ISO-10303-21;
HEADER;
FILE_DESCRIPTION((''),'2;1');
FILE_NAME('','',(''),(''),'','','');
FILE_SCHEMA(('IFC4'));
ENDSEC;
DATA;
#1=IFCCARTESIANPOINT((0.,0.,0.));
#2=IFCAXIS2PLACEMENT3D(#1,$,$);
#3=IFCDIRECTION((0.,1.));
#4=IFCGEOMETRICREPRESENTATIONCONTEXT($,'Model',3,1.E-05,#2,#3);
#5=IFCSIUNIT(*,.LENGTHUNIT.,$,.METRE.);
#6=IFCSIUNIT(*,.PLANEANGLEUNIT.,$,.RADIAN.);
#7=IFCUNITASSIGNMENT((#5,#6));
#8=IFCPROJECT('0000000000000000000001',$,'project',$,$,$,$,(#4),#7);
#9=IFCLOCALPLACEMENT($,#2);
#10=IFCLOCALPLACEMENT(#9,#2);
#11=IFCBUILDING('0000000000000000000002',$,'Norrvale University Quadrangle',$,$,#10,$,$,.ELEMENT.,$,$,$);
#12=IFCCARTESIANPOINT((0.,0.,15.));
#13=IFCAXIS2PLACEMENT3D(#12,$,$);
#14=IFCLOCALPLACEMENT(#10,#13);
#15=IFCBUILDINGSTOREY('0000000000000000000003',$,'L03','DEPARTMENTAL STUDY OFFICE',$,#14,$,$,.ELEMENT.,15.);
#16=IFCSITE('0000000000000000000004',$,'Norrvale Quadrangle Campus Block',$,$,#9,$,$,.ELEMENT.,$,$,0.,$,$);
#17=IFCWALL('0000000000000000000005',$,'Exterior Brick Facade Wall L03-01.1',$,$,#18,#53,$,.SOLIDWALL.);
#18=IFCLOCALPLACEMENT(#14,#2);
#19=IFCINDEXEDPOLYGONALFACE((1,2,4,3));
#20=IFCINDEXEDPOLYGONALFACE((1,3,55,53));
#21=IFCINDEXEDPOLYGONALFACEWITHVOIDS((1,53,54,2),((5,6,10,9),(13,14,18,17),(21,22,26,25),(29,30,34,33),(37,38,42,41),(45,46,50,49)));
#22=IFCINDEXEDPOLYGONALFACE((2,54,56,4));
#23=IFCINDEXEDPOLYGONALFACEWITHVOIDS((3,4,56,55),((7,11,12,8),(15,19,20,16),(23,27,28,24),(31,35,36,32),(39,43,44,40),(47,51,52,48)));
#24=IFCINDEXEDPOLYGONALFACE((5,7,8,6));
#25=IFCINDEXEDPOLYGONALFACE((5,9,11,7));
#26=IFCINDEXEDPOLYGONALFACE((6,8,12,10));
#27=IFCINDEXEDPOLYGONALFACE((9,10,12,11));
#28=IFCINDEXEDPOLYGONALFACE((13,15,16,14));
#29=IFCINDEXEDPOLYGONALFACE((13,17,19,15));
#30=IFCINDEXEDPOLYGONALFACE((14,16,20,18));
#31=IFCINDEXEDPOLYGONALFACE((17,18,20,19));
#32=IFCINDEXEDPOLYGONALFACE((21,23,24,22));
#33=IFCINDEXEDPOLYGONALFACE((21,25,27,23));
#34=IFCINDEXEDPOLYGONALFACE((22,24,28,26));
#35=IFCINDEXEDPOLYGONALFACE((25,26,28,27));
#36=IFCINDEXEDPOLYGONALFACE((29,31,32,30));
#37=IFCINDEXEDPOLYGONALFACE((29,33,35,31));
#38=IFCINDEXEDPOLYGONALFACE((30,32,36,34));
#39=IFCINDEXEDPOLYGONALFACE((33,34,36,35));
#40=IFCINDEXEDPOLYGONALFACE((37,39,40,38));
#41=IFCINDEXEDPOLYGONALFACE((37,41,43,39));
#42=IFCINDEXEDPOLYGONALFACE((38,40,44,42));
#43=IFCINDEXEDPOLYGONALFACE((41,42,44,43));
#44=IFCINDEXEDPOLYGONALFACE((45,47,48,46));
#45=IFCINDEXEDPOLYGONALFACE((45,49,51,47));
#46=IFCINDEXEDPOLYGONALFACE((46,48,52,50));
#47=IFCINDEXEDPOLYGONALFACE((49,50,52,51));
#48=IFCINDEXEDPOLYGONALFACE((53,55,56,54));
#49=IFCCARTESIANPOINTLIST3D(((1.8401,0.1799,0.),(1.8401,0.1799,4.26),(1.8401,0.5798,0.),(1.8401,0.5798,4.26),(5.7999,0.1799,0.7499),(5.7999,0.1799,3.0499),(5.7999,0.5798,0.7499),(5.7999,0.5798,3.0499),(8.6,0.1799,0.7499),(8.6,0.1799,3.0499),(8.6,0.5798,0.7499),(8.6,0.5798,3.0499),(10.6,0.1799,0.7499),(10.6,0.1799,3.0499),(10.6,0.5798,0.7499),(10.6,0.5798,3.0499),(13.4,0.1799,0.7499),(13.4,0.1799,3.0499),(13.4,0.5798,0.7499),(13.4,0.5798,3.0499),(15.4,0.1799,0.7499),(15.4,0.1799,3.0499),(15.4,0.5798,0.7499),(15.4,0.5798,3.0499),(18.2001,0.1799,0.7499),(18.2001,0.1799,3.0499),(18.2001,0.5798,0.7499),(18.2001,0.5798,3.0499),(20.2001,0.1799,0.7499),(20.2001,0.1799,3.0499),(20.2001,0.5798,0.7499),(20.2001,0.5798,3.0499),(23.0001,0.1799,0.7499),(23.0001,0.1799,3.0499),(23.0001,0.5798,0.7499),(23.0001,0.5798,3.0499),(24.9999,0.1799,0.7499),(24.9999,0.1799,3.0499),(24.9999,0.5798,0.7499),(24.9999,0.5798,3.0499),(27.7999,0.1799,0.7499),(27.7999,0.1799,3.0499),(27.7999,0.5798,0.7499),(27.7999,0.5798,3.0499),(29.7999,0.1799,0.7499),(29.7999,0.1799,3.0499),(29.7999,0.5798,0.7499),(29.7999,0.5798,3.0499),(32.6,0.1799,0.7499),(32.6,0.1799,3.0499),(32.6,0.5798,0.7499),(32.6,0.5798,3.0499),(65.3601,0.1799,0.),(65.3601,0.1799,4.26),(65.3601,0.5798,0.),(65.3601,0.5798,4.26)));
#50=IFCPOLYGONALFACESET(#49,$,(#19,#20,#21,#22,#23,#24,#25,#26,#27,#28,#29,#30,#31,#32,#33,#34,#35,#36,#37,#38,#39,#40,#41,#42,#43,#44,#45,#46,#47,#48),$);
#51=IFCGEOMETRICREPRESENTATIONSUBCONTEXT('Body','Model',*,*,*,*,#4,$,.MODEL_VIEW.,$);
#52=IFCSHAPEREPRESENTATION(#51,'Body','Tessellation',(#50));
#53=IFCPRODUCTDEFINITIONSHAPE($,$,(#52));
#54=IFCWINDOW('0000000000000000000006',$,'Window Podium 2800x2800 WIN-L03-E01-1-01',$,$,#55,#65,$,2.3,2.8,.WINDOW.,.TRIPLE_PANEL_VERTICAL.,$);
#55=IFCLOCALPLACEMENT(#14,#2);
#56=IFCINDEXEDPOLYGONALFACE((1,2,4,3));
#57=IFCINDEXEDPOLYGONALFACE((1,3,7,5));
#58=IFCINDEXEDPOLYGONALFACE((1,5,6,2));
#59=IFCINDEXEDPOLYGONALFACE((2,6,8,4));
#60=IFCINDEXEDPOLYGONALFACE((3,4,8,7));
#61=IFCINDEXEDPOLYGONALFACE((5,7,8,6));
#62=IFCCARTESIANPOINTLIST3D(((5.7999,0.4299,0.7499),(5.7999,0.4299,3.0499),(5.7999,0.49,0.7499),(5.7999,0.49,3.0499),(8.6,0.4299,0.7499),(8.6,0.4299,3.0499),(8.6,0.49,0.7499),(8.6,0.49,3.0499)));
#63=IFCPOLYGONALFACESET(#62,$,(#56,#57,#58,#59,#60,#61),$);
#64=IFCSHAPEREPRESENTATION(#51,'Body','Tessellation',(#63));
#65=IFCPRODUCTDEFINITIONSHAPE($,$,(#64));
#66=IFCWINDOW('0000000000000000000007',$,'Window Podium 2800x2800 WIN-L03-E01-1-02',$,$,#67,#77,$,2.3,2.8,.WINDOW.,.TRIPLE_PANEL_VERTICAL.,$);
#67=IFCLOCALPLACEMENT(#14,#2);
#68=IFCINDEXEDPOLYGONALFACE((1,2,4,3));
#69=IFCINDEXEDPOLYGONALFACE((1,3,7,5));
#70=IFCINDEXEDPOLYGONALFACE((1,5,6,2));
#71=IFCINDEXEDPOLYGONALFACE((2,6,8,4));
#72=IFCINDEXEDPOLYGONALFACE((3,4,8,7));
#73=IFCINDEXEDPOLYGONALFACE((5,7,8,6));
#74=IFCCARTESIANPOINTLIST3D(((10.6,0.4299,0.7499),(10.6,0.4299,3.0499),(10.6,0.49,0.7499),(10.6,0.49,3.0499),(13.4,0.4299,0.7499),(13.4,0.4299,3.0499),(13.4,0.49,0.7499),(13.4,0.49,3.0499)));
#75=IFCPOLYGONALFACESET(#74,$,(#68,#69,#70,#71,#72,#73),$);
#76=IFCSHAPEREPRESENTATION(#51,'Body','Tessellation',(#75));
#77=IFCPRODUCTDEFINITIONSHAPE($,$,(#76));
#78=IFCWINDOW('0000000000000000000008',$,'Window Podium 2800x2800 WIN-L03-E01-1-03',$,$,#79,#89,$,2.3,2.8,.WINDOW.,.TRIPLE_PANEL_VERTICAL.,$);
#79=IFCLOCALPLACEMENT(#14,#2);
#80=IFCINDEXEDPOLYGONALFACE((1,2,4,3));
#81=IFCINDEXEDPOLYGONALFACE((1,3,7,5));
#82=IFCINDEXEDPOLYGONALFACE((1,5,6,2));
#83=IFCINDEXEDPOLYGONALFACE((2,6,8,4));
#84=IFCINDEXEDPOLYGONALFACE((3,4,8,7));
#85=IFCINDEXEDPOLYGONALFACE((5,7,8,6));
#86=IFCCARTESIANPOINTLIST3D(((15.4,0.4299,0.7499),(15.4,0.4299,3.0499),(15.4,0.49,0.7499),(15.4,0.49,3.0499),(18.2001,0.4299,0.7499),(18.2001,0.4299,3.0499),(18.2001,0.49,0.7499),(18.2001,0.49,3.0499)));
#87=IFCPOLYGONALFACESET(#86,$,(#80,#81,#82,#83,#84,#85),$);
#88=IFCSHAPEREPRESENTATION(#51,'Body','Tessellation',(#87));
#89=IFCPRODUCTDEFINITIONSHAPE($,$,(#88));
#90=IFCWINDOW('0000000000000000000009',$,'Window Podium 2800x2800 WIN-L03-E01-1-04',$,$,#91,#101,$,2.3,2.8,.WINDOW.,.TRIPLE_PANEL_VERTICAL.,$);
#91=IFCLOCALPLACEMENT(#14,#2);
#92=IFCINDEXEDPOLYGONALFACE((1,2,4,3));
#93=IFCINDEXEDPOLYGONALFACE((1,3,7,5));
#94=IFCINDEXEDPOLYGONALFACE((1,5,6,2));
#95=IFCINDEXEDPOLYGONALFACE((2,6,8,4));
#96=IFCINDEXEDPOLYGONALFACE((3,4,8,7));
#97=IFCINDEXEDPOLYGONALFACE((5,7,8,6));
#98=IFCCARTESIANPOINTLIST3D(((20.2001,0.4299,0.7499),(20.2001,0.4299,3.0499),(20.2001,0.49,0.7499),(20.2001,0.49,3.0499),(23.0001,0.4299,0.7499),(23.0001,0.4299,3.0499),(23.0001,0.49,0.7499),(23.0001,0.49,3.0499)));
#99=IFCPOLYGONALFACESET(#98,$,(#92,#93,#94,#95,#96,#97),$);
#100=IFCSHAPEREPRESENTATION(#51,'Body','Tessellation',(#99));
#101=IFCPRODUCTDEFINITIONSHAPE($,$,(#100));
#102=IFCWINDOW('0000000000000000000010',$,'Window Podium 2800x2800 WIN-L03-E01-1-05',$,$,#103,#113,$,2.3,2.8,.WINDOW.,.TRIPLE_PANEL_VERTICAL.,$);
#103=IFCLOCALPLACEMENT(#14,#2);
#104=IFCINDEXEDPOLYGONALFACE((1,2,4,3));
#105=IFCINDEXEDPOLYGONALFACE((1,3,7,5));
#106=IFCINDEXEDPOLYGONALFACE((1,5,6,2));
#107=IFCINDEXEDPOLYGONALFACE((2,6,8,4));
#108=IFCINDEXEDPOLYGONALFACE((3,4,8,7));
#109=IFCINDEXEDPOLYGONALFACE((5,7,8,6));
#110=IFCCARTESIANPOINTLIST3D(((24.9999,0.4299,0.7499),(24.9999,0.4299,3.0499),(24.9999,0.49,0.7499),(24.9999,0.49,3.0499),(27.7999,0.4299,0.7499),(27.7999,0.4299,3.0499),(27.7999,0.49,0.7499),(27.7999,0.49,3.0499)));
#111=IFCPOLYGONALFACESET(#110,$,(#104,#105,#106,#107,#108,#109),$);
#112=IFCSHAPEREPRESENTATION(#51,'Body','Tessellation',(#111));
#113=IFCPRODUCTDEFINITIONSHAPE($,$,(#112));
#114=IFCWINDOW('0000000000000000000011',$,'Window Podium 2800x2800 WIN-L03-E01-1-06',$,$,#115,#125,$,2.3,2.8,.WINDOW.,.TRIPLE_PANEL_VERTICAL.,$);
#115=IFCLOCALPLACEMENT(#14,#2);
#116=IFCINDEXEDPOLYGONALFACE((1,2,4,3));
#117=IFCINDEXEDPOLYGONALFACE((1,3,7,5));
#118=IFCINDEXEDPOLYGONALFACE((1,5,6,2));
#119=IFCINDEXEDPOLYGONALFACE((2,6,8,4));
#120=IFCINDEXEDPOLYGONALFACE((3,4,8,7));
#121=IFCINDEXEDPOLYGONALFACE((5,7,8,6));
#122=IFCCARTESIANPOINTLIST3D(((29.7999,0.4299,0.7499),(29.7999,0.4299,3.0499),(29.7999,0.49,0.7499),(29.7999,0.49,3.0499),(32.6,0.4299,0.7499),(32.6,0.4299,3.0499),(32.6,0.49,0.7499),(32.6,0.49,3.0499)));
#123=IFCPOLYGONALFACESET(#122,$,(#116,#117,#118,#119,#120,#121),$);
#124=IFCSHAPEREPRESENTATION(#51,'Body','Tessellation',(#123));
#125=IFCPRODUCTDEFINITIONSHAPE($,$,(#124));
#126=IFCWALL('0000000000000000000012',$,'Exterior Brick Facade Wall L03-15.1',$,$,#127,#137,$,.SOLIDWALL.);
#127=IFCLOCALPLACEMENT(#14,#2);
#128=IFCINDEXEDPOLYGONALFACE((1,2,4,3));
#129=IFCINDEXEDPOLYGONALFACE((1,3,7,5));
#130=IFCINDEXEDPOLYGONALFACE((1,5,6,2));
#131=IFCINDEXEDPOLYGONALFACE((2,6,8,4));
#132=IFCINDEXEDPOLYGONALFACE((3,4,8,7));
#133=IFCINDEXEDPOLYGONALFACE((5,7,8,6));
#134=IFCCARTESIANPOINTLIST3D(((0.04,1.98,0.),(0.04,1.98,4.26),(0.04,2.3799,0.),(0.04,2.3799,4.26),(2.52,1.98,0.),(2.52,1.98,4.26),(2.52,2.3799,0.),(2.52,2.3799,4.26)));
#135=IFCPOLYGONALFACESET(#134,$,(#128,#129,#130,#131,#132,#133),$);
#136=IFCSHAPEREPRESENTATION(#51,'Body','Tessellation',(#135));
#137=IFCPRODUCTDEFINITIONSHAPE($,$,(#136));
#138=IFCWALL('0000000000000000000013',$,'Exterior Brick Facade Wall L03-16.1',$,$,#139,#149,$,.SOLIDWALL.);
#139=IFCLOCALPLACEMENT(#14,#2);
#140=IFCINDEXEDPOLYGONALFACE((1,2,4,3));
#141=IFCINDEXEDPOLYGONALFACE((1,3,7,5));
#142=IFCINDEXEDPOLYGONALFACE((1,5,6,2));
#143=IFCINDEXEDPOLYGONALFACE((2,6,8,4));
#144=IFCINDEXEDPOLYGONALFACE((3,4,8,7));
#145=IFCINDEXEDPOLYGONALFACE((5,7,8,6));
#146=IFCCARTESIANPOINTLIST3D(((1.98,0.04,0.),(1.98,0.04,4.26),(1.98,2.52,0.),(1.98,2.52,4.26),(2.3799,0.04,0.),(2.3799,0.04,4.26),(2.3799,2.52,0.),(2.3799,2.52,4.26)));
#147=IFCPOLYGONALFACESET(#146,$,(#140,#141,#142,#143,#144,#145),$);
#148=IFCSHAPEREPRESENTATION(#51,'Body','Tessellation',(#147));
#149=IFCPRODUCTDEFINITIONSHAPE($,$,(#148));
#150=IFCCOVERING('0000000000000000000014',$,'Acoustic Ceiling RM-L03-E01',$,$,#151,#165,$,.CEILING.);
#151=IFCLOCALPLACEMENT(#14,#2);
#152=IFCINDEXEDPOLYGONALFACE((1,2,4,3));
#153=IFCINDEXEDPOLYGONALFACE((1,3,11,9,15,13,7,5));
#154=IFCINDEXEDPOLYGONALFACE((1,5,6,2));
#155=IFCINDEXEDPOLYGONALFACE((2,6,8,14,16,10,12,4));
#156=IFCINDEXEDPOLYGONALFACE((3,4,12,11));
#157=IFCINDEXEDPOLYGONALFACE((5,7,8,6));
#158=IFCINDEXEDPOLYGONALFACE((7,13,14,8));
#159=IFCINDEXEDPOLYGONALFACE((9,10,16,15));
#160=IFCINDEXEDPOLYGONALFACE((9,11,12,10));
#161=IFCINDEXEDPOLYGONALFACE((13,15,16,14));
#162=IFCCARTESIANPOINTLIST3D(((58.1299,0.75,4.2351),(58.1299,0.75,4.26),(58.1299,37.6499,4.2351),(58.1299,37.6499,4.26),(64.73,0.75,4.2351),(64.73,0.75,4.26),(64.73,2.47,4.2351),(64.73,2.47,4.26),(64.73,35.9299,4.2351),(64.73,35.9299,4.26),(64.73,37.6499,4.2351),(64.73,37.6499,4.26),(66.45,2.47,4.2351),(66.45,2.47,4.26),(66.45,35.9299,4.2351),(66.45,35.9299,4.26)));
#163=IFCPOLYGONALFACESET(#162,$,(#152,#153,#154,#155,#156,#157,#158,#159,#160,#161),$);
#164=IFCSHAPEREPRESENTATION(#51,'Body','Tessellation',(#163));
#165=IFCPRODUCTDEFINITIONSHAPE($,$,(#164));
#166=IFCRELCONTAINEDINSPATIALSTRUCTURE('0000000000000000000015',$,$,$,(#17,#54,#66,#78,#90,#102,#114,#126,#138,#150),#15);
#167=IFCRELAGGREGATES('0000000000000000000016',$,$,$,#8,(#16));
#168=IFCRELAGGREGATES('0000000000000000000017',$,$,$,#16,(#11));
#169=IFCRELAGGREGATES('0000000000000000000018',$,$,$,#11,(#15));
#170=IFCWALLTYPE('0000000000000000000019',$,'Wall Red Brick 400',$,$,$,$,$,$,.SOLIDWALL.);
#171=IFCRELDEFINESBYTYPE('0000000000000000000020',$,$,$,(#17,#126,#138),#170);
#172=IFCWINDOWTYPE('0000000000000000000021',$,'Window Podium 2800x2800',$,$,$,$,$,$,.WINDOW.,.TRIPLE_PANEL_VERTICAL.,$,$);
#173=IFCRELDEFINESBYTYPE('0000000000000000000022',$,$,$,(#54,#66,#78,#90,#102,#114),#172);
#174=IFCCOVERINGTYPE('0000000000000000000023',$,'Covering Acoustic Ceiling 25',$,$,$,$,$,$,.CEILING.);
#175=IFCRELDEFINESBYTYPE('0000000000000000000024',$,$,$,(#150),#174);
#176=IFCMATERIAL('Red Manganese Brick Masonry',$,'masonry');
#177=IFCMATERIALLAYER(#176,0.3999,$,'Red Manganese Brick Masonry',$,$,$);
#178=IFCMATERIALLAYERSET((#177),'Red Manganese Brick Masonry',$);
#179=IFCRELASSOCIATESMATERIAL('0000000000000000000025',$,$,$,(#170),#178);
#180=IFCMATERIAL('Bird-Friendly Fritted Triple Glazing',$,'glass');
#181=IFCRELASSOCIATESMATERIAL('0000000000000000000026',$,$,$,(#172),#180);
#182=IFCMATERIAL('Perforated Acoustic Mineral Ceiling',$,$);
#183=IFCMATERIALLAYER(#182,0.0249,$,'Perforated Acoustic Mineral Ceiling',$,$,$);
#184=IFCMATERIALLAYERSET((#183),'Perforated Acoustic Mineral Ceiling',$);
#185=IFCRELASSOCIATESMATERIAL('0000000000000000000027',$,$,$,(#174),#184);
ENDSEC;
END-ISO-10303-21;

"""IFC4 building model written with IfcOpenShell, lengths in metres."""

from ifc_helpers import new_model, si_unit, direction, frame, frame_2d, origin, place, context, subcontext, project, spatial, polyline, rectangle, outline, extrude, material, layer, layer_set, type_object, element, fill, save


model = new_model("IFC4")

# Units and contexts
model_context = context("Model", 3, precision=1e-05, world=origin(), true_north=direction((0.0, 1.0)))
body_context = subcontext(model_context, "Body", "Model", "MODEL_VIEW")
ifc_project = project(units=[si_unit("LENGTHUNIT", "METRE"), si_unit("PLANEANGLEUNIT", "RADIAN")], contexts=[model_context])

# Site, building, storey
site_placement = place(None, origin())
site = spatial("IfcSite", under=ifc_project, at=site_placement, Name="Norrvale Quadrangle Campus Block", CompositionType="ELEMENT", RefElevation=0.0)
building_placement = place(site_placement, origin())
building = spatial("IfcBuilding", under=site, at=building_placement, Name="Norrvale University Quadrangle", CompositionType="ELEMENT")
storey_placement = place(building_placement, frame((0.0, 0.0, 15.0)))
storey = spatial("IfcBuildingStorey", under=building, at=storey_placement, Name="L03", Description="DEPARTMENTAL STUDY OFFICE", CompositionType="ELEMENT", Elevation=15.0)

# Wall, openings, windows
ifc_material_1 = material(Name="Red Manganese Brick Masonry", Category="masonry")
ifc_layer_1 = layer(ifc_material_1, 0.3999, Name="Red Manganese Brick Masonry")
ifc_layer_set_1 = layer_set([ifc_layer_1], Name="Red Manganese Brick Masonry")
wall_type_1 = type_object("IfcWallType", Name="Wall Red Brick 400", PredefinedType="SOLIDWALL", material=ifc_layer_set_1)
wall_1_placement = place(storey_placement, frame((1.8401, 0.3799, 0.0), z_axis=(0.0, 0.0, 1.0), x_axis=(1.0, 0.0, 0.0)))
wall_1 = element("IfcWall", 1, at=wall_1_placement, inside=storey, type_object=wall_type_1, Name="Exterior Brick Facade Wall L03-01.1", PredefinedType="SOLIDWALL", context=body_context, shape_type="SweptSolid", body=[
    extrude(rectangle(XDim=63.52, YDim=0.3999, at=frame_2d((31.76, 0.0))), origin(), (0.0, 0.0, 1.0), 4.26),
])
opening_1_placement = place(wall_1_placement, frame((3.96, 0.0, 0.75)))
opening_1 = element("IfcOpeningElement", 2, at=opening_1_placement, cuts=wall_1, PredefinedType="OPENING", context=body_context, shape_type="SweptSolid", body=[
    extrude(rectangle(XDim=2.8, YDim=2.3, at=frame_2d((1.3999, 1.1499))), frame((0.0, 0.2119, 0.0), z_axis=(0.0, -1.0, 0.0), x_axis=(1.0, 0.0, 0.0)), (0.0, 0.0, 1.0), 0.4238),
])
opening_2_placement = place(wall_1_placement, frame((8.76, 0.0, 0.75)))
opening_2 = element("IfcOpeningElement", 3, at=opening_2_placement, cuts=wall_1, PredefinedType="OPENING", context=body_context, shape_type="SweptSolid", body=[
    extrude(rectangle(XDim=2.8, YDim=2.3, at=frame_2d((1.3999, 1.1499))), frame((0.0, 0.2119, 0.0), z_axis=(0.0, -1.0, 0.0), x_axis=(1.0, 0.0, 0.0)), (0.0, 0.0, 1.0), 0.4238),
])
opening_3_placement = place(wall_1_placement, frame((13.5601, 0.0, 0.75)))
opening_3 = element("IfcOpeningElement", 4, at=opening_3_placement, cuts=wall_1, PredefinedType="OPENING", context=body_context, shape_type="SweptSolid", body=[
    extrude(rectangle(XDim=2.8, YDim=2.3, at=frame_2d((1.3999, 1.1499))), frame((0.0, 0.2119, 0.0), z_axis=(0.0, -1.0, 0.0), x_axis=(1.0, 0.0, 0.0)), (0.0, 0.0, 1.0), 0.4238),
])
opening_4_placement = place(wall_1_placement, frame((18.3601, 0.0, 0.75)))
opening_4 = element("IfcOpeningElement", 5, at=opening_4_placement, cuts=wall_1, PredefinedType="OPENING", context=body_context, shape_type="SweptSolid", body=[
    extrude(rectangle(XDim=2.8, YDim=2.3, at=frame_2d((1.3999, 1.1499))), frame((0.0, 0.2119, 0.0), z_axis=(0.0, -1.0, 0.0), x_axis=(1.0, 0.0, 0.0)), (0.0, 0.0, 1.0), 0.4238),
])
opening_5_placement = place(wall_1_placement, frame((23.1599, 0.0, 0.75)))
opening_5 = element("IfcOpeningElement", 6, at=opening_5_placement, cuts=wall_1, PredefinedType="OPENING", context=body_context, shape_type="SweptSolid", body=[
    extrude(rectangle(XDim=2.8, YDim=2.3, at=frame_2d((1.3999, 1.1499))), frame((0.0, 0.2119, 0.0), z_axis=(0.0, -1.0, 0.0), x_axis=(1.0, 0.0, 0.0)), (0.0, 0.0, 1.0), 0.4238),
])
opening_6_placement = place(wall_1_placement, frame((27.96, 0.0, 0.75)))
opening_6 = element("IfcOpeningElement", 7, at=opening_6_placement, cuts=wall_1, PredefinedType="OPENING", context=body_context, shape_type="SweptSolid", body=[
    extrude(rectangle(XDim=2.8, YDim=2.3, at=frame_2d((1.3999, 1.1499))), frame((0.0, 0.2119, 0.0), z_axis=(0.0, -1.0, 0.0), x_axis=(1.0, 0.0, 0.0)), (0.0, 0.0, 1.0), 0.4238),
])
ifc_material_2 = material(Name="Bird-Friendly Fritted Triple Glazing", Category="glass")
window_type = type_object("IfcWindowType", Name="Window Podium 2800x2800", PartitioningType="TRIPLE_PANEL_VERTICAL", PredefinedType="WINDOW", material=ifc_material_2)
window_1_placement = place(opening_1_placement, origin())
window_1 = element("IfcWindow", 8, at=window_1_placement, inside=storey, type_object=window_type, Name="Window Podium 2800x2800 WIN-L03-E01-1-01", OverallHeight=2.3, OverallWidth=2.8, PartitioningType="TRIPLE_PANEL_VERTICAL", PredefinedType="WINDOW", context=body_context, shape_type="SweptSolid", body=[
    extrude(rectangle(XDim=2.8, YDim=2.3, at=frame_2d((1.3999, 1.1499))), frame((0.0, 0.1101, 0.0), z_axis=(0.0, -1.0, 0.0), x_axis=(1.0, 0.0, 0.0)), (0.0, 0.0, 1.0), 0.0601),
])
fill(opening_1, window_1)
window_2_placement = place(opening_2_placement, origin())
window_2 = element("IfcWindow", 9, at=window_2_placement, inside=storey, type_object=window_type, Name="Window Podium 2800x2800 WIN-L03-E01-1-02", OverallHeight=2.3, OverallWidth=2.8, PartitioningType="TRIPLE_PANEL_VERTICAL", PredefinedType="WINDOW", context=body_context, shape_type="SweptSolid", body=[
    extrude(rectangle(XDim=2.8, YDim=2.3, at=frame_2d((1.3999, 1.1499))), frame((0.0, 0.1101, 0.0), z_axis=(0.0, -1.0, 0.0), x_axis=(1.0, 0.0, 0.0)), (0.0, 0.0, 1.0), 0.0601),
])
fill(opening_2, window_2)
window_3_placement = place(opening_3_placement, origin())
window_3 = element("IfcWindow", 10, at=window_3_placement, inside=storey, type_object=window_type, Name="Window Podium 2800x2800 WIN-L03-E01-1-03", OverallHeight=2.3, OverallWidth=2.8, PartitioningType="TRIPLE_PANEL_VERTICAL", PredefinedType="WINDOW", context=body_context, shape_type="SweptSolid", body=[
    extrude(rectangle(XDim=2.8, YDim=2.3, at=frame_2d((1.3999, 1.1499))), frame((0.0, 0.1101, 0.0), z_axis=(0.0, -1.0, 0.0), x_axis=(1.0, 0.0, 0.0)), (0.0, 0.0, 1.0), 0.0601),
])
fill(opening_3, window_3)
window_4_placement = place(opening_4_placement, origin())
window_4 = element("IfcWindow", 11, at=window_4_placement, inside=storey, type_object=window_type, Name="Window Podium 2800x2800 WIN-L03-E01-1-04", OverallHeight=2.3, OverallWidth=2.8, PartitioningType="TRIPLE_PANEL_VERTICAL", PredefinedType="WINDOW", context=body_context, shape_type="SweptSolid", body=[
    extrude(rectangle(XDim=2.8, YDim=2.3, at=frame_2d((1.3999, 1.1499))), frame((0.0, 0.1101, 0.0), z_axis=(0.0, -1.0, 0.0), x_axis=(1.0, 0.0, 0.0)), (0.0, 0.0, 1.0), 0.0601),
])
fill(opening_4, window_4)
window_5_placement = place(opening_5_placement, origin())
window_5 = element("IfcWindow", 12, at=window_5_placement, inside=storey, type_object=window_type, Name="Window Podium 2800x2800 WIN-L03-E01-1-05", OverallHeight=2.3, OverallWidth=2.8, PartitioningType="TRIPLE_PANEL_VERTICAL", PredefinedType="WINDOW", context=body_context, shape_type="SweptSolid", body=[
    extrude(rectangle(XDim=2.8, YDim=2.3, at=frame_2d((1.3999, 1.1499))), frame((0.0, 0.1101, 0.0), z_axis=(0.0, -1.0, 0.0), x_axis=(1.0, 0.0, 0.0)), (0.0, 0.0, 1.0), 0.0601),
])
fill(opening_5, window_5)
window_6_placement = place(opening_6_placement, origin())
window_6 = element("IfcWindow", 13, at=window_6_placement, inside=storey, type_object=window_type, Name="Window Podium 2800x2800 WIN-L03-E01-1-06", OverallHeight=2.3, OverallWidth=2.8, PartitioningType="TRIPLE_PANEL_VERTICAL", PredefinedType="WINDOW", context=body_context, shape_type="SweptSolid", body=[
    extrude(rectangle(XDim=2.8, YDim=2.3, at=frame_2d((1.3999, 1.1499))), frame((0.0, 0.1101, 0.0), z_axis=(0.0, -1.0, 0.0), x_axis=(1.0, 0.0, 0.0)), (0.0, 0.0, 1.0), 0.0601),
])
fill(opening_6, window_6)

# Walls
for number, where, z_axis, x_axis, name in (
    (14, (0.04, 2.1799, 0.0), (0.0, 0.0, 1.0), (1.0, 0.0, 0.0), "Exterior Brick Facade Wall L03-15.1"),
    (15, (2.1799, 2.52, 0.0), (0.0, 0.0, 1.0), (0.0, -1.0, 0.0), "Exterior Brick Facade Wall L03-16.1"),
):
    element("IfcWall", number, at=place(storey_placement, frame(where, z_axis=z_axis, x_axis=x_axis)), inside=storey, type_object=wall_type_1, Name=name, PredefinedType="SOLIDWALL", context=body_context, shape_type="SweptSolid", body=[
        extrude(rectangle(XDim=2.48, YDim=0.3999, at=frame_2d((1.24, 0.0))), origin(), (0.0, 0.0, 1.0), 4.26),
    ])

# Covering
ifc_material_3 = material(Name="Perforated Acoustic Mineral Ceiling")
ifc_layer_2 = layer(ifc_material_3, 0.0249, Name="Perforated Acoustic Mineral Ceiling")
ifc_layer_set_2 = layer_set([ifc_layer_2], Name="Perforated Acoustic Mineral Ceiling")
covering_type_1 = type_object("IfcCoveringType", Name="Covering Acoustic Ceiling 25", PredefinedType="CEILING", material=ifc_layer_set_2)
covering_1_placement = place(storey_placement, frame((0.0, 0.0, 4.2351)))
element("IfcCovering", 16, at=covering_1_placement, inside=storey, type_object=covering_type_1, Name="Acoustic Ceiling RM-L03-E01", PredefinedType="CEILING", context=body_context, shape_type="SweptSolid", body=[
    extrude(outline(polyline([(58.1299, 0.75), (58.1299, 37.6499), (64.73, 37.6499), (64.73, 35.9299), (66.45, 35.9299), (66.45, 2.47), (64.73, 2.47), (64.73, 0.75), (58.1299, 0.75)])), origin(), (0.0, 0.0, 1.0), 0.0249),
])

save(model, "model.ifc")
